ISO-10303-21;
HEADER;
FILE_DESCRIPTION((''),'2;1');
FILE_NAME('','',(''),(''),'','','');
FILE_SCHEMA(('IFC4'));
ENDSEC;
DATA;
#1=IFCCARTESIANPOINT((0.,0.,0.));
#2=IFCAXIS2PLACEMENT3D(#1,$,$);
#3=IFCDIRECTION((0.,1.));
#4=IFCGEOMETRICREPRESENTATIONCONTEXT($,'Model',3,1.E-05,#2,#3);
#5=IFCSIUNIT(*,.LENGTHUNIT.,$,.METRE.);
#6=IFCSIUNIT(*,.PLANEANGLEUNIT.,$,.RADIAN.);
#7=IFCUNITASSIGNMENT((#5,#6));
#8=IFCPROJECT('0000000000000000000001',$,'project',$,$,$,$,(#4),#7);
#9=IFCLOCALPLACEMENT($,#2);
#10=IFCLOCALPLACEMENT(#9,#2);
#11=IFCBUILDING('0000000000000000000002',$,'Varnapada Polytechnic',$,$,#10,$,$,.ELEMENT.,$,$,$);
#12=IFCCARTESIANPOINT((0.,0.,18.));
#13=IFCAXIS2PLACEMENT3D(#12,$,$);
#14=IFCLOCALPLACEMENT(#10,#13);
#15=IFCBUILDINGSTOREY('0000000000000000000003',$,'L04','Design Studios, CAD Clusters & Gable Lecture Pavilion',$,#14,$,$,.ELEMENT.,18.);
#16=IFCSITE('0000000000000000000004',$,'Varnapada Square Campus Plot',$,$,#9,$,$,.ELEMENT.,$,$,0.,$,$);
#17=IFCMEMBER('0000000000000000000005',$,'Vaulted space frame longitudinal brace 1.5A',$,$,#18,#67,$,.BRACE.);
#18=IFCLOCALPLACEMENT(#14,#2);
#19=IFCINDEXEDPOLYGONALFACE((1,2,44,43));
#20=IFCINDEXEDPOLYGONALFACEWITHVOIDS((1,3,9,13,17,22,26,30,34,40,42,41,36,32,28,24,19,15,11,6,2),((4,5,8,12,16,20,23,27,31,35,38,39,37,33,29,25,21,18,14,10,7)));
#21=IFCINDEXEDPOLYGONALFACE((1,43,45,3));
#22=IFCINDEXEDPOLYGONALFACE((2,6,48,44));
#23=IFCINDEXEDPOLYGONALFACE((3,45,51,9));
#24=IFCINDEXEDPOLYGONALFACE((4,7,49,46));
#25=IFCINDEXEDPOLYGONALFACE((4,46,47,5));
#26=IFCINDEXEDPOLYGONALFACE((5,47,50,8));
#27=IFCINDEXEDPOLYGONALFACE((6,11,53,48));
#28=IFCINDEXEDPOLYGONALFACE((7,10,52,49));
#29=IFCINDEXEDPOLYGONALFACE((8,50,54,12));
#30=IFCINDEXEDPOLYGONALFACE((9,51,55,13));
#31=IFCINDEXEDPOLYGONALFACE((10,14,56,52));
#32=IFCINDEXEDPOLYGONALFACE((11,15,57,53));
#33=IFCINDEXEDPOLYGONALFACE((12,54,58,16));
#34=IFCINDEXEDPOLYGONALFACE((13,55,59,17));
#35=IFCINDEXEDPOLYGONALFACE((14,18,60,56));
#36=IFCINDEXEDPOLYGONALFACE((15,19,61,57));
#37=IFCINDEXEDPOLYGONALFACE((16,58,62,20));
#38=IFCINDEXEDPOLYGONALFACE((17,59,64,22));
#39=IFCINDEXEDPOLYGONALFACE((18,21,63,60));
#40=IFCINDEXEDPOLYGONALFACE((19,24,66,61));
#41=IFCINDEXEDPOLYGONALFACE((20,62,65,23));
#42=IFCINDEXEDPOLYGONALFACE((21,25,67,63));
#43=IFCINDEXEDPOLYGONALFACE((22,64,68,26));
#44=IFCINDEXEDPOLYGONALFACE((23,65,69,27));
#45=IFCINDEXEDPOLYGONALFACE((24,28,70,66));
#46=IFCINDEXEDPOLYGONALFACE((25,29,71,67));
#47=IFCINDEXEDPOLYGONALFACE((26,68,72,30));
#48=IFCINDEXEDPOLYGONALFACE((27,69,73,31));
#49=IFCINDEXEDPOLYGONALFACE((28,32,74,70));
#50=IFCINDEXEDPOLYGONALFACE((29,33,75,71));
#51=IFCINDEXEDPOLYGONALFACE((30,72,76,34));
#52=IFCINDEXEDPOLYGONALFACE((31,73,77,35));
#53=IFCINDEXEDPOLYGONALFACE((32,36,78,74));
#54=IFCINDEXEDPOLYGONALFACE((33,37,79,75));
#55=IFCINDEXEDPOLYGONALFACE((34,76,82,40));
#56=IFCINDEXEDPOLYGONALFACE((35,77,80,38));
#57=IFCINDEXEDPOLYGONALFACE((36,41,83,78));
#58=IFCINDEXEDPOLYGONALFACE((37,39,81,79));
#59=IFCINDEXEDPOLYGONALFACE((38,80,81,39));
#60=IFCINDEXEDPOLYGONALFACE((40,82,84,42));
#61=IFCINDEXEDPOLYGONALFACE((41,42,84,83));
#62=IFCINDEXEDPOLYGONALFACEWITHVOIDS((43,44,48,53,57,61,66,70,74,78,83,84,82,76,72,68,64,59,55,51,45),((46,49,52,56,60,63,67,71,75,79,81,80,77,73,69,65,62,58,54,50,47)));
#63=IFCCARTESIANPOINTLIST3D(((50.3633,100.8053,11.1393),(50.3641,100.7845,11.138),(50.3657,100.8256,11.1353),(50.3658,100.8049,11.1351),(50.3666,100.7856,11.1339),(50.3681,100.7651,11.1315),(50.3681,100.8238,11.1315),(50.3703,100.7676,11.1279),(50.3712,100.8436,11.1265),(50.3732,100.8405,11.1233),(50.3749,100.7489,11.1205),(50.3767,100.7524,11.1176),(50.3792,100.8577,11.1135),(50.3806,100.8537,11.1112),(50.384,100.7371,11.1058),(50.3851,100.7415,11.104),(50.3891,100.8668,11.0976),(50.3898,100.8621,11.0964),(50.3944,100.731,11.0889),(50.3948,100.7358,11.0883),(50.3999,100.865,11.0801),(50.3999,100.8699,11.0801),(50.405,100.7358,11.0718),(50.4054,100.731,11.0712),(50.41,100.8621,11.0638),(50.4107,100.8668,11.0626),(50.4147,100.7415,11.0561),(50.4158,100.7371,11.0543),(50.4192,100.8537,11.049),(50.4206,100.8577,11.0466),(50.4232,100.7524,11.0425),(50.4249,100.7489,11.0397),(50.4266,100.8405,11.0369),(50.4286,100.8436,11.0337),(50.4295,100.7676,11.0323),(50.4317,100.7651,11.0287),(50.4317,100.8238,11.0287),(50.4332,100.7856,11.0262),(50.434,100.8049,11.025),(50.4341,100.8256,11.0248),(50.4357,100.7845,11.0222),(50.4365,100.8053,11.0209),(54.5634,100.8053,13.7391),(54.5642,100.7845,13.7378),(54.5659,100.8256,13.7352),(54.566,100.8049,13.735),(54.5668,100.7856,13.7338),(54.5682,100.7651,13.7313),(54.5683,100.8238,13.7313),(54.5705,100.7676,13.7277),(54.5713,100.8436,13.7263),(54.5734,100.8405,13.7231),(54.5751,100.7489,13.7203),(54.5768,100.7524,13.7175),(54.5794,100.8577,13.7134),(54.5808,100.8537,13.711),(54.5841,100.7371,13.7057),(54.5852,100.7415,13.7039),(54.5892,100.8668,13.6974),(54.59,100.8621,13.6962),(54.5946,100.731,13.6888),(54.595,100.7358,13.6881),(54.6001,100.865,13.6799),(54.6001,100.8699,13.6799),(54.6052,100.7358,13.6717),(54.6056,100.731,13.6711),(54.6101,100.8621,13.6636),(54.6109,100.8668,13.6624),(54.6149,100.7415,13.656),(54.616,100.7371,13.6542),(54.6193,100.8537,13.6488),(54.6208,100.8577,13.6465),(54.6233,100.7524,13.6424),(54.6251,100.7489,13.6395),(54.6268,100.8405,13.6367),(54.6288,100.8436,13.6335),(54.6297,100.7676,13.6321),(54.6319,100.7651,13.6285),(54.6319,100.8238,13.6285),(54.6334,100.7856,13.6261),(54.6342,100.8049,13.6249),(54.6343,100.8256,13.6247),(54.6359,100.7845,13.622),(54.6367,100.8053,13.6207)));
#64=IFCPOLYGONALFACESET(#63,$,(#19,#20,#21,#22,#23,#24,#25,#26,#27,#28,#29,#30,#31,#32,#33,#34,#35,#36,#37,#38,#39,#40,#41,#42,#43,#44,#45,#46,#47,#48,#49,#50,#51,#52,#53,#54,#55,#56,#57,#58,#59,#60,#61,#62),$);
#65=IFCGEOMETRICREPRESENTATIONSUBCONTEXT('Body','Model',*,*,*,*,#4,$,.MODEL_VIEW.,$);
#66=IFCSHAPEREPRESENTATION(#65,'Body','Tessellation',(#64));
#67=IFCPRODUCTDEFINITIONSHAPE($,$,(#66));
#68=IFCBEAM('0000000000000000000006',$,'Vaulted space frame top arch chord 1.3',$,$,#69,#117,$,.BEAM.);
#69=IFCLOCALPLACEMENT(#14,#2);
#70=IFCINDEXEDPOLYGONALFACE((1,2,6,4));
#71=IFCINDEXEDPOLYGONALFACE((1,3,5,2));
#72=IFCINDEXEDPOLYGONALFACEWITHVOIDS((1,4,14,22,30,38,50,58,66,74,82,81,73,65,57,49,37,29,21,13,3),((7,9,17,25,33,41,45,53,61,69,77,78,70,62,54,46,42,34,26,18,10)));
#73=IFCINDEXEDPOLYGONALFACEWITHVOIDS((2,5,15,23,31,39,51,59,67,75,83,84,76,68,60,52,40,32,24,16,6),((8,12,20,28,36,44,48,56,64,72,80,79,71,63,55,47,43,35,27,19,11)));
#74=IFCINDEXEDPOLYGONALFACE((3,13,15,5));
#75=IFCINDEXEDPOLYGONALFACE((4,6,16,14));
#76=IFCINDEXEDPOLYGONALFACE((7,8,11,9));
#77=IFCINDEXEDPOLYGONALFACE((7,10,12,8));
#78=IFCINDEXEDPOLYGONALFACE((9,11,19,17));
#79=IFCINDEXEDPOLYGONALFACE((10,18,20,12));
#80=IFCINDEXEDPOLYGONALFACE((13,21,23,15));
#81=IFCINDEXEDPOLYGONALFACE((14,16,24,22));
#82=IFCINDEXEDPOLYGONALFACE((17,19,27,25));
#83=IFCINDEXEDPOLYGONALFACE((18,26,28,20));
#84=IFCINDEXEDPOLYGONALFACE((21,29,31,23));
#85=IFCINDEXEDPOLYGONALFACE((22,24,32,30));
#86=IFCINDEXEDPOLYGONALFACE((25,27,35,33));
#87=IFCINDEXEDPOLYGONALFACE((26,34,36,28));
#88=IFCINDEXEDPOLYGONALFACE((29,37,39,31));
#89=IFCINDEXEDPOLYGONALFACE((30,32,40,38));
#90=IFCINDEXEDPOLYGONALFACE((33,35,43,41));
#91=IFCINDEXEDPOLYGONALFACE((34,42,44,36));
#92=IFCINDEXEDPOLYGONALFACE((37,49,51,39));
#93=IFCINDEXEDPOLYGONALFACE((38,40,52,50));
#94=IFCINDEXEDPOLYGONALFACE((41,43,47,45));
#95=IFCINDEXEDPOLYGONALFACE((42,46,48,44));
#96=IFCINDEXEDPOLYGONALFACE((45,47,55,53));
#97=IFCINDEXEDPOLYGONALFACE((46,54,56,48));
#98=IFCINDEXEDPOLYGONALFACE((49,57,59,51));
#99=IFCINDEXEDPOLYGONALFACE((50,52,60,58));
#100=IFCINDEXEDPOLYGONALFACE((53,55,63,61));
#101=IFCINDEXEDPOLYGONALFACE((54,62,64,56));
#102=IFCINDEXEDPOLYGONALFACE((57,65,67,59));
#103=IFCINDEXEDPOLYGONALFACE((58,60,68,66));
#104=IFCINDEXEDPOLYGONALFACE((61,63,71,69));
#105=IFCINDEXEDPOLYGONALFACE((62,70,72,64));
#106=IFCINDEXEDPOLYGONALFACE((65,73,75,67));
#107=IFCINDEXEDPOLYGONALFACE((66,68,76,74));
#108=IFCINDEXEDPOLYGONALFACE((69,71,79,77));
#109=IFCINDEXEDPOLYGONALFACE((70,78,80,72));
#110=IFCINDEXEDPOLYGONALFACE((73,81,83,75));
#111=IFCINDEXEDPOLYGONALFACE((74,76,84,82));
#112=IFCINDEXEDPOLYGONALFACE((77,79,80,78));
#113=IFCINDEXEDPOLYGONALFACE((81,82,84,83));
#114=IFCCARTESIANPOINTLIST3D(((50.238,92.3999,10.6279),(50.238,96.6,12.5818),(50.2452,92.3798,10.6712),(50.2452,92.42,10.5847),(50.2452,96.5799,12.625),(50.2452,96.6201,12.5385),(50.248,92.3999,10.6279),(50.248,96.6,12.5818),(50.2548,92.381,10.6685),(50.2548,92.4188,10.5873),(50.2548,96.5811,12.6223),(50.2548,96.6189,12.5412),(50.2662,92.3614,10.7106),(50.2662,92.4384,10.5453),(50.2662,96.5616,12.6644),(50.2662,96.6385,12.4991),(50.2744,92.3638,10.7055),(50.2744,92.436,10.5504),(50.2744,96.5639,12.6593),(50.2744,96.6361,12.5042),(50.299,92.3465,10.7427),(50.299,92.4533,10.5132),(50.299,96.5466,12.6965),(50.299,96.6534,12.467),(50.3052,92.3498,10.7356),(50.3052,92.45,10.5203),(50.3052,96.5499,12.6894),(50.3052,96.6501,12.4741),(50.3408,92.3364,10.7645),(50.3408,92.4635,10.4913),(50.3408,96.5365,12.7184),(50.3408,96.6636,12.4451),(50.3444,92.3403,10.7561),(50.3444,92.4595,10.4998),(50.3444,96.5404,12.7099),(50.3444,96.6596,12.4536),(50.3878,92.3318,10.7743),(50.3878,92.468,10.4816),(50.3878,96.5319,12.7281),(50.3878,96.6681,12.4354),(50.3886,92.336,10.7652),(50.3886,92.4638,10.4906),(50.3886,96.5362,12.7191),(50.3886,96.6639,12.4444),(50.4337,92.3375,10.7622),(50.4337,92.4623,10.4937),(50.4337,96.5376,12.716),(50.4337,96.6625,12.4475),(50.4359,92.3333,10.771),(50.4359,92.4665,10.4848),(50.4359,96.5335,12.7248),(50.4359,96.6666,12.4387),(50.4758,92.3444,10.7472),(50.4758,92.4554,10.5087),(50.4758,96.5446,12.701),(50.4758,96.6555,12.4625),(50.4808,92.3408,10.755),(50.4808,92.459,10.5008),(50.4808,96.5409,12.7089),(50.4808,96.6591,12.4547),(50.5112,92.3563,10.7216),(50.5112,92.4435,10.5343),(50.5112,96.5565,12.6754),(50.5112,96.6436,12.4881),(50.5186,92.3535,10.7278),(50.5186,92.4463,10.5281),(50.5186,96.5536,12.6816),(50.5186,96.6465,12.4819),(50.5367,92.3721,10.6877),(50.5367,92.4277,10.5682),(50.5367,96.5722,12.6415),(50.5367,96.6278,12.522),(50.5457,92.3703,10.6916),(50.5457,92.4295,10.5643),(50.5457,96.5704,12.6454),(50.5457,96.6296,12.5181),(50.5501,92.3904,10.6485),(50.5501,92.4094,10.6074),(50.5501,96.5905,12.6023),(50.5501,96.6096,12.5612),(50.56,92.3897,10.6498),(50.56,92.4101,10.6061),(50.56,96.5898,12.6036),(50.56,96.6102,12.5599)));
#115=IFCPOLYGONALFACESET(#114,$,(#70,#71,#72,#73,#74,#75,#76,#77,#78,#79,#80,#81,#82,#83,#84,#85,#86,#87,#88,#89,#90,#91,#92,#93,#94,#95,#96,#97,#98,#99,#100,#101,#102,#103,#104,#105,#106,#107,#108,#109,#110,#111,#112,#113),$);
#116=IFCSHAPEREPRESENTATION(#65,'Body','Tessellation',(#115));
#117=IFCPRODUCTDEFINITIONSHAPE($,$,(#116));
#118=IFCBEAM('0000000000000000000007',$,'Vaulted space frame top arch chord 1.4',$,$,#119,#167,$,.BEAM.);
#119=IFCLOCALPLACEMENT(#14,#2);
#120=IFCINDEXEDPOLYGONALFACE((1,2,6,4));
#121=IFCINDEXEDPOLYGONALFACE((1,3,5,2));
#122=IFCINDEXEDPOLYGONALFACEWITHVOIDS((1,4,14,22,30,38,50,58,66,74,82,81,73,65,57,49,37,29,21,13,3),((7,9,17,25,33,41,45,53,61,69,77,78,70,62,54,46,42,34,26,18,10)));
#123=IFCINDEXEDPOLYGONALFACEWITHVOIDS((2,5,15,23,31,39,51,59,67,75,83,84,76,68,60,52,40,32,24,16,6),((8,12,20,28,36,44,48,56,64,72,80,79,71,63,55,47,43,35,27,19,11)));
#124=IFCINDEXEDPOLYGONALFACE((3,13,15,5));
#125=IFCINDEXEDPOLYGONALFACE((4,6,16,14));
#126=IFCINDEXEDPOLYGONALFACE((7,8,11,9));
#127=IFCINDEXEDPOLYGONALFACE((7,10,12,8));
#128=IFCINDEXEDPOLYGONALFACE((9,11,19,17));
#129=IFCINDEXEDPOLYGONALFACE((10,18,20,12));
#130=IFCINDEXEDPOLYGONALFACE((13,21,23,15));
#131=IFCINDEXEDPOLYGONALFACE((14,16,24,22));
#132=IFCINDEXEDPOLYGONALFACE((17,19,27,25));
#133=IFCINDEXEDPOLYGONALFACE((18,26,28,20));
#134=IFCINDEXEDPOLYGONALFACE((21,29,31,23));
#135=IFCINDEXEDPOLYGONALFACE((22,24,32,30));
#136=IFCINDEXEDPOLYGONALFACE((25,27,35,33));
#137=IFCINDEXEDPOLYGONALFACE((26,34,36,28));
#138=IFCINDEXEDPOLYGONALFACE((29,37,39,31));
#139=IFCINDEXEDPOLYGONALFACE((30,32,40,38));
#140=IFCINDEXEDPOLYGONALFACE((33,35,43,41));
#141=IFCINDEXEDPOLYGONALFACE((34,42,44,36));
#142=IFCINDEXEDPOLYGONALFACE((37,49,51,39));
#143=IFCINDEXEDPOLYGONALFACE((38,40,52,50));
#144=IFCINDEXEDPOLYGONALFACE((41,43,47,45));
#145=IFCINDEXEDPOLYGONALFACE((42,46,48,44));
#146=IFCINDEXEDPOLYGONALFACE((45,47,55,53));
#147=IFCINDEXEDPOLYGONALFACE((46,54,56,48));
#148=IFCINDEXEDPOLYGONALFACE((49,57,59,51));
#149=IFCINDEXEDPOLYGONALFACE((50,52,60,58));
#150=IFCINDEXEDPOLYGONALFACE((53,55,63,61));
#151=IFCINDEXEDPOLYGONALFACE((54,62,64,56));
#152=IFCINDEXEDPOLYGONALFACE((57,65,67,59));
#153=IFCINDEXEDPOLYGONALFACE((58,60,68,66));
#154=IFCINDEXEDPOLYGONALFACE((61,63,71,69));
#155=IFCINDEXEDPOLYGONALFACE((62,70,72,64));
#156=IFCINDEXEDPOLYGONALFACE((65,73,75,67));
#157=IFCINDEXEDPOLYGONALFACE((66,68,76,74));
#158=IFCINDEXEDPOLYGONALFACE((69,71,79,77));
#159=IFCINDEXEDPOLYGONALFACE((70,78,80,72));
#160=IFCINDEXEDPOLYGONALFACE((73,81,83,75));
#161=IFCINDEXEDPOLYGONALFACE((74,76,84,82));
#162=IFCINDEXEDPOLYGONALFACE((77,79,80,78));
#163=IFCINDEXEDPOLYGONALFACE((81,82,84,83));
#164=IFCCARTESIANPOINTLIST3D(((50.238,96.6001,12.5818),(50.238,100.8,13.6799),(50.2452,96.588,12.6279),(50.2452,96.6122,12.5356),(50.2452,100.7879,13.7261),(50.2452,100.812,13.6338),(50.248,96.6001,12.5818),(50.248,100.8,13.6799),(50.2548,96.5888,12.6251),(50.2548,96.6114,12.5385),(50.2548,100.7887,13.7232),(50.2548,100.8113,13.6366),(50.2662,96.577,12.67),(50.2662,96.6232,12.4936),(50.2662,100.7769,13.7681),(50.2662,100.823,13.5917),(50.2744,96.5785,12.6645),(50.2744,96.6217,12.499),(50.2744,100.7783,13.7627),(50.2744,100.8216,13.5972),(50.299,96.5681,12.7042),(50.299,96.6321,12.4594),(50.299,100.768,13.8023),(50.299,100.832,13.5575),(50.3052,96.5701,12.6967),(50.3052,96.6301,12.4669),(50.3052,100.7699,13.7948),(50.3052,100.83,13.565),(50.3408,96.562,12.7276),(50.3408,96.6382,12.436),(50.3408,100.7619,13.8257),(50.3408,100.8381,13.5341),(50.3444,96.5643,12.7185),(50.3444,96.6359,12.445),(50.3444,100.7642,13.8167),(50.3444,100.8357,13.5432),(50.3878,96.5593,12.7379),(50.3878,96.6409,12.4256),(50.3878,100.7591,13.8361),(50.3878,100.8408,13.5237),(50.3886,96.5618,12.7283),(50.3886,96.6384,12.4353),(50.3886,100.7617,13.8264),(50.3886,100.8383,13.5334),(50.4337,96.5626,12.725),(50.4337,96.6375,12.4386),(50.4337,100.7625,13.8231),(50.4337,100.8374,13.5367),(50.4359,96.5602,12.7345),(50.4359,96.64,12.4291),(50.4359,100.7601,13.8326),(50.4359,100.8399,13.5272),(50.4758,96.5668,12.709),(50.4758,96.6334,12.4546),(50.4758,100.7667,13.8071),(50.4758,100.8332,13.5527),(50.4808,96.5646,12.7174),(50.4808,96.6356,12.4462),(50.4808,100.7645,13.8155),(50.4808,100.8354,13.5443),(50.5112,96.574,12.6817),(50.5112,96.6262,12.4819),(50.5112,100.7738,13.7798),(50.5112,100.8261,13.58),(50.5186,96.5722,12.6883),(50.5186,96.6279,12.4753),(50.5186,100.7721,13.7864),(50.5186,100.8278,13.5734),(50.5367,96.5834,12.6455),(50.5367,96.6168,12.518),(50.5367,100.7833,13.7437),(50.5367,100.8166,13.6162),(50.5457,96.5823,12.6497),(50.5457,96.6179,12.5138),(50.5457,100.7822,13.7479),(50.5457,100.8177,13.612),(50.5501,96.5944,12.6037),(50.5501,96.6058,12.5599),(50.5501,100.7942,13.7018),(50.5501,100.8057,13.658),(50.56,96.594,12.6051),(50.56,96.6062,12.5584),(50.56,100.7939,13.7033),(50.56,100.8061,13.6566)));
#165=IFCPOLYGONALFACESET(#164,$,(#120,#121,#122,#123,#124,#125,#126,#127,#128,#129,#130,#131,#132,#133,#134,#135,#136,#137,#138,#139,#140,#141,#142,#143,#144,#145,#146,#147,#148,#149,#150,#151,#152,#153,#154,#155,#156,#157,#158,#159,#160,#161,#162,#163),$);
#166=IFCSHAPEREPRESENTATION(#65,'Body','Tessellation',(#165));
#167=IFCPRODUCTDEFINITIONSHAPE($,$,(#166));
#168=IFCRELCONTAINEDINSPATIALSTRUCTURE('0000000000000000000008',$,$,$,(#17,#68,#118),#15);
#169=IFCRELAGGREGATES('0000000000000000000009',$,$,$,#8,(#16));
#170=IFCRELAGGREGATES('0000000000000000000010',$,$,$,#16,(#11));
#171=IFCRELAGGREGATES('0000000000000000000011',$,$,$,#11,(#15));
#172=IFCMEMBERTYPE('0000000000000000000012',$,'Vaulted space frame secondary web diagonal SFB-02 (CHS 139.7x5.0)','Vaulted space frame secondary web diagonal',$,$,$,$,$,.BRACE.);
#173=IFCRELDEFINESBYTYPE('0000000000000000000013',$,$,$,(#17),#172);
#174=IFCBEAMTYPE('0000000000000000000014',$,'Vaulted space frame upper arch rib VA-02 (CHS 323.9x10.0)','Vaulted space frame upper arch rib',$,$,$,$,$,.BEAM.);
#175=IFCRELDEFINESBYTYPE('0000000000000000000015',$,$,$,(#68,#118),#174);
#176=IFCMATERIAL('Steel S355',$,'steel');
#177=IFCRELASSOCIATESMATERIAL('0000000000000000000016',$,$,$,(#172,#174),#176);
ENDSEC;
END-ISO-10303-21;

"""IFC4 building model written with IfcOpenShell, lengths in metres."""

from ifc_helpers import new_model, si_unit, direction, frame, origin, origin_2d, place, context, subcontext, project, spatial, hollow_circle, extrude, material, material_profile, profile_set, type_object, element, save


model = new_model("IFC4")

# Units and contexts
model_context = context("Model", 3, precision=1e-05, world=origin(), true_north=direction((0.0, 1.0)))
body_context = subcontext(model_context, "Body", "Model", "MODEL_VIEW")
ifc_project = project(units=[si_unit("LENGTHUNIT", "METRE"), si_unit("PLANEANGLEUNIT", "RADIAN")], contexts=[model_context])

# Site, building, storey
site_placement = place(None, origin())
site = spatial("IfcSite", under=ifc_project, at=site_placement, Name="Varnapada Square Campus Plot", CompositionType="ELEMENT", RefElevation=0.0)
building_placement = place(site_placement, origin())
building = spatial("IfcBuilding", under=site, at=building_placement, Name="Varnapada Polytechnic", CompositionType="ELEMENT")
storey_placement = place(building_placement, frame((0.0, 0.0, 18.0)))
storey = spatial("IfcBuildingStorey", under=building, at=storey_placement, Name="L04", Description="Design Studios, CAD Clusters & Gable Lecture Pavilion", CompositionType="ELEMENT", Elevation=18.0)

# Shared definitions
ifc_material = material(Name="Steel S355", Category="steel")

# Member
ifc_material_profile_1 = material_profile(ifc_material, hollow_circle(Radius=0.0698, WallThickness=0.0049, at=origin_2d()), Name="CHS 139.7x5.0")
ifc_profile_set_1 = profile_set([ifc_material_profile_1], Name="Steel S355")
member_type_1 = type_object("IfcMemberType", Name="Vaulted space frame secondary web diagonal SFB-02 (CHS 139.7x5.0)", Description="Vaulted space frame secondary web diagonal", PredefinedType="BRACE", material=ifc_profile_set_1)
member_1_placement = place(storey_placement, frame((50.3999, 100.8, 11.0801), z_axis=(0.850289, 0.0, 0.526315), x_axis=(0.0, 1.0, 0.0)))
element("IfcMember", 1, at=member_1_placement, inside=storey, type_object=member_type_1, Name="Vaulted space frame longitudinal brace 1.5A", PredefinedType="BRACE", context=body_context, shape_type="SweptSolid", body=[
    extrude(hollow_circle(Radius=0.0698, WallThickness=0.0049, at=origin_2d()), origin(), (0.0, 0.0, 1.0), 4.9397),
])

# Beams
ifc_material_profile_2 = material_profile(ifc_material, hollow_circle(Radius=0.1619, WallThickness=0.01, at=origin_2d()), Name="CHS 323.9x10.0")
ifc_profile_set_2 = profile_set([ifc_material_profile_2], Name="Steel S355")
beam_type_1 = type_object("IfcBeamType", Name="Vaulted space frame upper arch rib VA-02 (CHS 323.9x10.0)", Description="Vaulted space frame upper arch rib", PredefinedType="BEAM", material=ifc_profile_set_2)
beam_1_placement = place(storey_placement, frame((50.3999, 92.3999, 10.6279), z_axis=(0.0, 0.906698, 0.42178), x_axis=(-1.0, 0.0, 0.0)))
element("IfcBeam", 2, at=beam_1_placement, inside=storey, type_object=beam_type_1, Name="Vaulted space frame top arch chord 1.3", PredefinedType="BEAM", context=body_context, shape_type="SweptSolid", body=[
    extrude(hollow_circle(Radius=0.1619, WallThickness=0.01, at=origin_2d()), origin(), (0.0, 0.0, 1.0), 4.6323),
])
beam_2_placement = place(storey_placement, frame((50.3999, 96.6001, 12.5818), z_axis=(0.0, 0.967476, 0.252962), x_axis=(-1.0, 0.0, 0.0)))
element("IfcBeam", 3, at=beam_2_placement, inside=storey, type_object=beam_type_1, Name="Vaulted space frame top arch chord 1.4", PredefinedType="BEAM", context=body_context, shape_type="SweptSolid", body=[
    extrude(hollow_circle(Radius=0.1619, WallThickness=0.01, at=origin_2d()), origin(), (0.0, 0.0, 1.0), 4.3411),
])

save(model, "model.ifc")
